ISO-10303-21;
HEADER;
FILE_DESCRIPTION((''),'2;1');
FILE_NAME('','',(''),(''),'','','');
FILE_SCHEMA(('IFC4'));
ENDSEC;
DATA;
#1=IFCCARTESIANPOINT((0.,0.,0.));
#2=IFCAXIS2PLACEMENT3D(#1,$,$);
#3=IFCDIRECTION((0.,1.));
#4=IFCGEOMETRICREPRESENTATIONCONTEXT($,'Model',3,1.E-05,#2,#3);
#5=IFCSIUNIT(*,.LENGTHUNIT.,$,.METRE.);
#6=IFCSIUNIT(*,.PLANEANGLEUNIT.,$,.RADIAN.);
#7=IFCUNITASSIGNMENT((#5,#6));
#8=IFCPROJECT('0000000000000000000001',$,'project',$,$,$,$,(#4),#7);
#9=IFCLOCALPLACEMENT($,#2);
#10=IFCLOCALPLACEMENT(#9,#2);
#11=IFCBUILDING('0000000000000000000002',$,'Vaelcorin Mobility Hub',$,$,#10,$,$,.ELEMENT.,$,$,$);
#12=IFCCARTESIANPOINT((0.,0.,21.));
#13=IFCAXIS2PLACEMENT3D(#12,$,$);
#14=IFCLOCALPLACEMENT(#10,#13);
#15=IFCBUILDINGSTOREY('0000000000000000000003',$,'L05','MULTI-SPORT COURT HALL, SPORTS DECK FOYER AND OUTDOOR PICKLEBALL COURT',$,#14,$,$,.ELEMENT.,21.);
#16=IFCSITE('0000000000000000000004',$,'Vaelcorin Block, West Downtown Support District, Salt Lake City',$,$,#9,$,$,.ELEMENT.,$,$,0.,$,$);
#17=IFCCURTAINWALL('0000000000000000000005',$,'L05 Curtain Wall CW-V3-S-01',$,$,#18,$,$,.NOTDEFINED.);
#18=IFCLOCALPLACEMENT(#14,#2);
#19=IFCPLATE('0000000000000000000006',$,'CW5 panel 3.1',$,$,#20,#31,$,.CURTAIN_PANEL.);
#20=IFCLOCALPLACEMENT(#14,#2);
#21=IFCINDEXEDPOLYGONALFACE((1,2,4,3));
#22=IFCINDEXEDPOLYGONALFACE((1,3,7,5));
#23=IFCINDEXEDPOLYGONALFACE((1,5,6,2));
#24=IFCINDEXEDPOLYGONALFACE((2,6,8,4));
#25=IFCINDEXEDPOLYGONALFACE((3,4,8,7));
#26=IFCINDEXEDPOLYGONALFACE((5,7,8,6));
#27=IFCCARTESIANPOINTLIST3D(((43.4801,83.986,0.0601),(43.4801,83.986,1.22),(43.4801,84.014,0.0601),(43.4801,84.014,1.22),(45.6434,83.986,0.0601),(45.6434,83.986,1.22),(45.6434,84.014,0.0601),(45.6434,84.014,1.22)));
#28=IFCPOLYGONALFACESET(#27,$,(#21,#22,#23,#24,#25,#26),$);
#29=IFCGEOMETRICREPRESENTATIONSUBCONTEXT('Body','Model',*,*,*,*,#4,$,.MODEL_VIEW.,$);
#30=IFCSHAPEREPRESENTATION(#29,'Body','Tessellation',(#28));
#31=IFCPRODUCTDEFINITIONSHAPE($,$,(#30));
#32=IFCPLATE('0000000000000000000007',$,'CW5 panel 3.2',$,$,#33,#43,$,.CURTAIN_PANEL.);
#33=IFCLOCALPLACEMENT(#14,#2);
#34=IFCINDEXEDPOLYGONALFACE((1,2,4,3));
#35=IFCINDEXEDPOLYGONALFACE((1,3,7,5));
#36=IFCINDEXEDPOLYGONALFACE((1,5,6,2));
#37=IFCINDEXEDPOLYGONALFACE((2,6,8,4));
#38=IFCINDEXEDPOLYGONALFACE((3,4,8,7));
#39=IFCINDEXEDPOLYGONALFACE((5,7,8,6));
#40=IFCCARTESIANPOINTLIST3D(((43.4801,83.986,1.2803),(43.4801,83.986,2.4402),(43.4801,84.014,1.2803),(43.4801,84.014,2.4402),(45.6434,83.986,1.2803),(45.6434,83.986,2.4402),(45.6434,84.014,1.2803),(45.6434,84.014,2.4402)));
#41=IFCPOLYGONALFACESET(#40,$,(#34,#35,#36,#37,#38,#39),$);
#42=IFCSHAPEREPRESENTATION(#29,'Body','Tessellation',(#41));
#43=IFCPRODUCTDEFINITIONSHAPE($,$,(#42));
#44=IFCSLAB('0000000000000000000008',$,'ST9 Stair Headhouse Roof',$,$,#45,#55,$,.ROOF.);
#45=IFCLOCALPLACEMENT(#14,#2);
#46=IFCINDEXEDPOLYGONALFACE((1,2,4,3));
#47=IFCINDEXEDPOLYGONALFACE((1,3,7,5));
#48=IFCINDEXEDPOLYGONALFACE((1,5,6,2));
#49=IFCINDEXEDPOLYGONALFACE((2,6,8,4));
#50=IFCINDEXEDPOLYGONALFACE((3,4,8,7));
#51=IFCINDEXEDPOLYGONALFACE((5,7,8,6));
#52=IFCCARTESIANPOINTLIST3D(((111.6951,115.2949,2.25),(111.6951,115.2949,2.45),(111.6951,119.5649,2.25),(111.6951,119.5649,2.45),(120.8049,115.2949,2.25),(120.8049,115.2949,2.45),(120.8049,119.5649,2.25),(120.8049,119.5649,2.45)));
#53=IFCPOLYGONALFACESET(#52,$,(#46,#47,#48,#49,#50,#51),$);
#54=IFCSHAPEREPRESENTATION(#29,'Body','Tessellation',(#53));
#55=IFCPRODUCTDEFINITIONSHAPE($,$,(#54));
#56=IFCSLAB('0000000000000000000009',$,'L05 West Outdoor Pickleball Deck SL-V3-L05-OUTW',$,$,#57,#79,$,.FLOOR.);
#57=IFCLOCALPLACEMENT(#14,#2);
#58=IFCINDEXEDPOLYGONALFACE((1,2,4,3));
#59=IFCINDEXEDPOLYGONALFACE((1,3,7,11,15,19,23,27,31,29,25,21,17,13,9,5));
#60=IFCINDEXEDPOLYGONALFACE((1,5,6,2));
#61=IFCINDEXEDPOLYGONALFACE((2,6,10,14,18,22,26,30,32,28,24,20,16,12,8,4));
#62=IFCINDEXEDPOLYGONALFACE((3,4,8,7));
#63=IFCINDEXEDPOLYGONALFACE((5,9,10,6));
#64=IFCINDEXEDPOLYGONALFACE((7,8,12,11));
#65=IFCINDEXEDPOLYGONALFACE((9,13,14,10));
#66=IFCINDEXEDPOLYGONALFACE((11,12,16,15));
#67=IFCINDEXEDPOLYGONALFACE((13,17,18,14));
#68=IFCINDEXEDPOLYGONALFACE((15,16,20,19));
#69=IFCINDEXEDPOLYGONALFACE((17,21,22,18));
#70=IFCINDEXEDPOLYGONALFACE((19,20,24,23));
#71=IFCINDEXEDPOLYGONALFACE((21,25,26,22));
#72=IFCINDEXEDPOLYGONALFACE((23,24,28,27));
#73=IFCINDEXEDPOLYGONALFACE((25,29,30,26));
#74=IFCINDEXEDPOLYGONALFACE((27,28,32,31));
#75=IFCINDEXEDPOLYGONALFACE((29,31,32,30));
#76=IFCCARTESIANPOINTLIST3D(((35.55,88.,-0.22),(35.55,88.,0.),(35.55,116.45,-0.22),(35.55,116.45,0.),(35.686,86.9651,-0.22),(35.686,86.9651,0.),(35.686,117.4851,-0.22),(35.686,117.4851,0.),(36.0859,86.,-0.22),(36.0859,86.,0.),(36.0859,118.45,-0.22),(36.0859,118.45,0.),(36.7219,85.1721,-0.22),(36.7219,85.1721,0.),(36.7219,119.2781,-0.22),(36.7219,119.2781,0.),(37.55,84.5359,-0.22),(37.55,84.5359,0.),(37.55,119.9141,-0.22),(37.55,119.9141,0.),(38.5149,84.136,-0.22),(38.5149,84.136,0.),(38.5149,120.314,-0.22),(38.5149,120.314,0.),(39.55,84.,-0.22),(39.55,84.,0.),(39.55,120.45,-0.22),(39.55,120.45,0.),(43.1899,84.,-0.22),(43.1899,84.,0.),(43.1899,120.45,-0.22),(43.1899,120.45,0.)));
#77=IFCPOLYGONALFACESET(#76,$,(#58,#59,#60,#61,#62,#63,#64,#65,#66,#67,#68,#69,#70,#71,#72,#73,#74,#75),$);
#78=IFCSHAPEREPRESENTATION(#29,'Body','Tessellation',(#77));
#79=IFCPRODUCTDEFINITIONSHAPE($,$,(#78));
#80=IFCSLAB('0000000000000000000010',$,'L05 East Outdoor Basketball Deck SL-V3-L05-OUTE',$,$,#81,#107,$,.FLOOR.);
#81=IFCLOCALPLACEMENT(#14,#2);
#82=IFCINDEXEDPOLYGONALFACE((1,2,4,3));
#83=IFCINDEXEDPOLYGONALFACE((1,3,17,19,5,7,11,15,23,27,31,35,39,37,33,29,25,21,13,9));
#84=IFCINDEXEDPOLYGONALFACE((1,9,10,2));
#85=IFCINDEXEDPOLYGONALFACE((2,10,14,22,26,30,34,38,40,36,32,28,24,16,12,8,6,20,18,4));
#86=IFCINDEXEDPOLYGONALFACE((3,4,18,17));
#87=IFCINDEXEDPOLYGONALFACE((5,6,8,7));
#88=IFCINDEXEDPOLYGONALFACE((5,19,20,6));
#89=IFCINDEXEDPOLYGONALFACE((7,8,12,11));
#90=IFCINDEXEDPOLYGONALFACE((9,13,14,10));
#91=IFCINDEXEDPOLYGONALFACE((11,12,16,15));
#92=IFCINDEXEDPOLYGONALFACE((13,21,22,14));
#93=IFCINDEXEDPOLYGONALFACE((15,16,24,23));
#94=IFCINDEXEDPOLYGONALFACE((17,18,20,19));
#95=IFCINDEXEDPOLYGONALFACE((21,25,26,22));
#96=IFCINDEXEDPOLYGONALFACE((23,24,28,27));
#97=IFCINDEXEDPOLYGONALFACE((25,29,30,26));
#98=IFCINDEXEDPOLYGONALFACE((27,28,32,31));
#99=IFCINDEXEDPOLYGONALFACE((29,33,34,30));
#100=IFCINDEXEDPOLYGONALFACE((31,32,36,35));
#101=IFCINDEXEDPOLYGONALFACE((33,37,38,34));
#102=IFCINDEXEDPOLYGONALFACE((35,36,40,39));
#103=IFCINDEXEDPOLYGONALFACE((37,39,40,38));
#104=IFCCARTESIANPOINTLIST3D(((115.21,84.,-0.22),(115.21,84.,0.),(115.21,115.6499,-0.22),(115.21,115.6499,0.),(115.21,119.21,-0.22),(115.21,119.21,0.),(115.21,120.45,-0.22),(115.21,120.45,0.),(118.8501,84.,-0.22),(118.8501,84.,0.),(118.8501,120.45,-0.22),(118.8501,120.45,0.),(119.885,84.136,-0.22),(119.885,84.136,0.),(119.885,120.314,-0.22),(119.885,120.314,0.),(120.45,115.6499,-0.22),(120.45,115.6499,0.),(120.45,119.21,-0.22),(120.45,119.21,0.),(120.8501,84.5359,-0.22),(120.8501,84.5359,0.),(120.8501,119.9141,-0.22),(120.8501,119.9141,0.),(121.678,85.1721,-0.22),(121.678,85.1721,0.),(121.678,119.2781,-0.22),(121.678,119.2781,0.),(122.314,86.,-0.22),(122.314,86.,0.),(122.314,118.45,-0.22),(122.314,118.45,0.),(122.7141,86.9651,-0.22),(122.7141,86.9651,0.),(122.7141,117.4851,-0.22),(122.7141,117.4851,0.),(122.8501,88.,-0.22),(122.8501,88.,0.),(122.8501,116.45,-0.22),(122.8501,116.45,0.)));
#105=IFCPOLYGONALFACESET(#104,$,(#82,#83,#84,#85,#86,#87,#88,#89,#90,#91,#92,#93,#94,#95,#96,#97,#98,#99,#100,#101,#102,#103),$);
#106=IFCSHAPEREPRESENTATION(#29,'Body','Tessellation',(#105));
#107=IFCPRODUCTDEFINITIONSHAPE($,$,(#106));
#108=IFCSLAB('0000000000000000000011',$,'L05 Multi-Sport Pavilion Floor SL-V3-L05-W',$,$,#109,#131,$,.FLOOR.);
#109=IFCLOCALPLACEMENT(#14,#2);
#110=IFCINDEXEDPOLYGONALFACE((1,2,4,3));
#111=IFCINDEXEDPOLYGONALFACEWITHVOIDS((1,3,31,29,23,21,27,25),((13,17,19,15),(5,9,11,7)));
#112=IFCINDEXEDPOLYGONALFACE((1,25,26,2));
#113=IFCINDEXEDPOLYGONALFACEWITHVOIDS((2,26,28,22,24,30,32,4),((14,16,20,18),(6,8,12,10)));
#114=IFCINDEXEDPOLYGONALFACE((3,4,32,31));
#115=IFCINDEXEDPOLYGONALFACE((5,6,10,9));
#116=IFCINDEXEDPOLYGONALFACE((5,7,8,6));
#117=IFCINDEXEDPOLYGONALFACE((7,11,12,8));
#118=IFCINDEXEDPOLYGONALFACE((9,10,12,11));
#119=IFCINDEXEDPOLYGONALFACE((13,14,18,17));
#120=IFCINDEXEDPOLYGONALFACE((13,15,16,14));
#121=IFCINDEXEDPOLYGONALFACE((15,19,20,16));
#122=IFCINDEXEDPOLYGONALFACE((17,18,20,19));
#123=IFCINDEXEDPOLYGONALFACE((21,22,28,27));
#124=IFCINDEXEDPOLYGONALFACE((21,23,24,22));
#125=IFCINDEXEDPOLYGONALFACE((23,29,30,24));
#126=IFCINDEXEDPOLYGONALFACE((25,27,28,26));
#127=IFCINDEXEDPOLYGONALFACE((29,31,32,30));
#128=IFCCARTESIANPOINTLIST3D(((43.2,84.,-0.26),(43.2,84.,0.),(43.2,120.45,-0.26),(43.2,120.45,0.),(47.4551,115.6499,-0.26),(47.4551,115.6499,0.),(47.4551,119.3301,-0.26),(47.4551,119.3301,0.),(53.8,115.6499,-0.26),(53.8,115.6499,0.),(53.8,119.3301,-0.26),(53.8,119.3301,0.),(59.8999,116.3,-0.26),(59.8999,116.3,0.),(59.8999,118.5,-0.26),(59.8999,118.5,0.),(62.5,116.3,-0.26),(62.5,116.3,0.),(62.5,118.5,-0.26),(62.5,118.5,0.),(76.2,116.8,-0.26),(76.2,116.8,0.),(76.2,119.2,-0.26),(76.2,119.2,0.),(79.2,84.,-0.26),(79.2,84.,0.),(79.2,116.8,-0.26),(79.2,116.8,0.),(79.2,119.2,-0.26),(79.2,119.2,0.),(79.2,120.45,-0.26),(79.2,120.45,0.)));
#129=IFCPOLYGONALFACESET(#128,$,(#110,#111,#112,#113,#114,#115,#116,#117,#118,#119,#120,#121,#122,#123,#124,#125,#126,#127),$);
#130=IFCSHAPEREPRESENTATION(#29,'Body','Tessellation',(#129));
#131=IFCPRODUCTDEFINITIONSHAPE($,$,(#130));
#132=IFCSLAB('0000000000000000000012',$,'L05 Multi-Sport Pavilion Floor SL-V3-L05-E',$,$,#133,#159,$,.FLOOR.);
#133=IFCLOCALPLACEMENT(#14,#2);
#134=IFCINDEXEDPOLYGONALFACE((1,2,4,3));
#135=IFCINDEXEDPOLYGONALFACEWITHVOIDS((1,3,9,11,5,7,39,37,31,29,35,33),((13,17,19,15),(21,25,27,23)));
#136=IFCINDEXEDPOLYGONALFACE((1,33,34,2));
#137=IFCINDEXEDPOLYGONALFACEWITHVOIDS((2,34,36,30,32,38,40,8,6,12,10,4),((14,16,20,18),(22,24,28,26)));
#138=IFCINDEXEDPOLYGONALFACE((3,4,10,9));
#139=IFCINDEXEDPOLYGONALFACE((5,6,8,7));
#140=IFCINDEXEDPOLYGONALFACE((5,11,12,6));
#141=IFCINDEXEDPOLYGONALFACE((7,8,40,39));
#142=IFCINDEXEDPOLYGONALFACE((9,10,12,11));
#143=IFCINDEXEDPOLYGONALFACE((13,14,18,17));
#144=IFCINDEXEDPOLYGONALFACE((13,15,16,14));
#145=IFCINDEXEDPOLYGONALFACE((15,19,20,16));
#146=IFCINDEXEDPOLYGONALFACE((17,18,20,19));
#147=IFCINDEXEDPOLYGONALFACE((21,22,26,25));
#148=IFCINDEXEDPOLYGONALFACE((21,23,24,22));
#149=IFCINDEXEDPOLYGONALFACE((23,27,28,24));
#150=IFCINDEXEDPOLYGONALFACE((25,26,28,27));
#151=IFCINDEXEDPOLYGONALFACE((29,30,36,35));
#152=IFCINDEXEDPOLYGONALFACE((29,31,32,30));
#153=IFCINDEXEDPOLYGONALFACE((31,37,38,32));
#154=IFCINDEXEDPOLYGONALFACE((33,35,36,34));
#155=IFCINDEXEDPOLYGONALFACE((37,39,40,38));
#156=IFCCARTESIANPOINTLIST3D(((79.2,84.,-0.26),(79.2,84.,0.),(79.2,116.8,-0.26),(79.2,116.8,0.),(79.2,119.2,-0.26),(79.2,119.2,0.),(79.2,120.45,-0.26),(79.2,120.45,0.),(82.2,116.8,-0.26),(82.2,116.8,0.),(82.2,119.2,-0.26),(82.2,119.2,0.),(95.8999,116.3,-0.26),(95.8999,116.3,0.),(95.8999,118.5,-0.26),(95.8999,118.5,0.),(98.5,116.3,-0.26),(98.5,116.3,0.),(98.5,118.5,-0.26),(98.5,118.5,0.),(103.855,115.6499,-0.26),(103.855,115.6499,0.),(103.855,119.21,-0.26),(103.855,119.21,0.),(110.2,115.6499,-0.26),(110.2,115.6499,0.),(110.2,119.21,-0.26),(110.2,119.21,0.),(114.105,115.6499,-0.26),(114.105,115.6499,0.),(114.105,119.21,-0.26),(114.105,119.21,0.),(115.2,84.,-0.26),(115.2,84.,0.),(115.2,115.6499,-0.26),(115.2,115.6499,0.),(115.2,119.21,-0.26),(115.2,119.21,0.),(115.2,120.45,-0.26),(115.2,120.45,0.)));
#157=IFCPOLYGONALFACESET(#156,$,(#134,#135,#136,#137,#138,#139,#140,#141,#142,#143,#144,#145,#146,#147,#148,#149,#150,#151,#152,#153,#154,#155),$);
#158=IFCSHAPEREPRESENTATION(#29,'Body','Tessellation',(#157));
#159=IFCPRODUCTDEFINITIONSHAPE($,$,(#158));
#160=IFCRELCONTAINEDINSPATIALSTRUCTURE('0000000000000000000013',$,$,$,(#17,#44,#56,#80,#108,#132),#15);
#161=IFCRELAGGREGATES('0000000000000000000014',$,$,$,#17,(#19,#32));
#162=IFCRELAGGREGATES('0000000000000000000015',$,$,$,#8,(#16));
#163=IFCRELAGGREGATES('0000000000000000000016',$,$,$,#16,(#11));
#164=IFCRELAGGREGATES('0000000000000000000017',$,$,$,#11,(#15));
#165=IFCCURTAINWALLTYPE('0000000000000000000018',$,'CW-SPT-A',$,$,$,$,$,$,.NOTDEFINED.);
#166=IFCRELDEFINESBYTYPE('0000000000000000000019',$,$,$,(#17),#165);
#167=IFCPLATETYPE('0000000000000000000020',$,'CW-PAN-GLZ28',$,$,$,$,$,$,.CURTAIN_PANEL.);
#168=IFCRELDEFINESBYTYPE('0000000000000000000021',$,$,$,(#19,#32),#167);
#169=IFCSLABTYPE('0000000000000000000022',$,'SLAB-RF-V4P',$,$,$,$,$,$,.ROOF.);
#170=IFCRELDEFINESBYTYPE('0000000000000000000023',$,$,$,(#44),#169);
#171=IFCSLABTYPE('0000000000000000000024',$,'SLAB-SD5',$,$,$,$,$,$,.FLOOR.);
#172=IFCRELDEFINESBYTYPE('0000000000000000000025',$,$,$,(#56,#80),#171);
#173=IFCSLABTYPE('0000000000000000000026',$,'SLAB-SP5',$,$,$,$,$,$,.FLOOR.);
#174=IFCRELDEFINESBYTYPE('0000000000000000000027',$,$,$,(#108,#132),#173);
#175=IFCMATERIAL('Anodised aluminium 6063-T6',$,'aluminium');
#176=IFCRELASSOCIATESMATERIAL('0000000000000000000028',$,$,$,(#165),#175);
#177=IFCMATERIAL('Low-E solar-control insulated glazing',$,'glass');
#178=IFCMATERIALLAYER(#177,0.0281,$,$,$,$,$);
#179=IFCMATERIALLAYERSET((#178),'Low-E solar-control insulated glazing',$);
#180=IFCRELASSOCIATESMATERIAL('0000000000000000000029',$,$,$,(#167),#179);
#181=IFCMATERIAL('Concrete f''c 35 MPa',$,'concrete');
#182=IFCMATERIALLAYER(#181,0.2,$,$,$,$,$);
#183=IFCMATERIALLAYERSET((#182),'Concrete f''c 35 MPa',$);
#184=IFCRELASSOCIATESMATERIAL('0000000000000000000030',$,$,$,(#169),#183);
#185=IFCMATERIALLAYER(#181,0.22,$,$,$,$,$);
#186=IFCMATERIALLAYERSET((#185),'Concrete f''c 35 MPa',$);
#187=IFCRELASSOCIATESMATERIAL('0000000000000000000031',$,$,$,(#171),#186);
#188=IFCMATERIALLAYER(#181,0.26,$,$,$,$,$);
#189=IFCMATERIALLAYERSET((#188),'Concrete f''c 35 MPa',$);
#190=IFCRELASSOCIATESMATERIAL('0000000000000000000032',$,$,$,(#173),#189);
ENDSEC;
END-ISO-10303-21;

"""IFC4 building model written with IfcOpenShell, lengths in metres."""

from ifc_helpers import new_model, si_unit, direction, frame, origin, origin_2d, place, context, subcontext, project, spatial, polyline, rectangle, outline, extrude, material, layer, layer_set, type_object, element, aggregate, save


model = new_model("IFC4")

# Units and contexts
model_context = context("Model", 3, precision=1e-05, world=origin(), true_north=direction((0.0, 1.0)))
body_context = subcontext(model_context, "Body", "Model", "MODEL_VIEW")
ifc_project = project(units=[si_unit("LENGTHUNIT", "METRE"), si_unit("PLANEANGLEUNIT", "RADIAN")], contexts=[model_context])

# Site, building, storey
site_placement = place(None, origin())
site = spatial("IfcSite", under=ifc_project, at=site_placement, Name="Vaelcorin Block, West Downtown Support District, Salt Lake City", CompositionType="ELEMENT", RefElevation=0.0)
building_placement = place(site_placement, origin())
building = spatial("IfcBuilding", under=site, at=building_placement, Name="Vaelcorin Mobility Hub", CompositionType="ELEMENT")
storey_placement = place(building_placement, frame((0.0, 0.0, 21.0)))
storey = spatial("IfcBuildingStorey", under=building, at=storey_placement, Name="L05", Description="MULTI-SPORT COURT HALL, SPORTS DECK FOYER AND OUTDOOR PICKLEBALL COURT", CompositionType="ELEMENT", Elevation=21.0)

# Curtain wall, plates
ifc_material_1 = material(Name="Anodised aluminium 6063-T6", Category="aluminium")
curtain_wall_type = type_object("IfcCurtainWallType", Name="CW-SPT-A", PredefinedType="NOTDEFINED", material=ifc_material_1)
curtain_wall_placement = place(storey_placement, origin())
curtain_wall = element("IfcCurtainWall", 1, at=curtain_wall_placement, inside=storey, type_object=curtain_wall_type, Name="L05 Curtain Wall CW-V3-S-01", PredefinedType="NOTDEFINED")
ifc_material_2 = material(Name="Low-E solar-control insulated glazing", Category="glass")
ifc_layer_1 = layer(ifc_material_2, 0.0281)
ifc_layer_set_1 = layer_set([ifc_layer_1], Name="Low-E solar-control insulated glazing")
plate_type = type_object("IfcPlateType", Name="CW-PAN-GLZ28", PredefinedType="CURTAIN_PANEL", material=ifc_layer_set_1)
plate_1_placement = place(storey_placement, frame((44.5618, 84.0, 0.0601), z_axis=(0.0, 0.0, 1.0), x_axis=(-1.0, 0.0, 0.0)))
plate_1 = element("IfcPlate", 2, at=plate_1_placement, type_object=plate_type, Name="CW5 panel 3.1", PredefinedType="CURTAIN_PANEL", context=body_context, shape_type="SweptSolid", body=[
    extrude(rectangle(XDim=2.1633, YDim=0.0281, at=origin_2d()), origin(), (0.0, 0.0, 1.0), 1.1599),
])
plate_2_placement = place(storey_placement, frame((44.5618, 84.0, 1.2803), z_axis=(0.0, 0.0, 1.0), x_axis=(-1.0, 0.0, 0.0)))
plate_2 = element("IfcPlate", 3, at=plate_2_placement, type_object=plate_type, Name="CW5 panel 3.2", PredefinedType="CURTAIN_PANEL", context=body_context, shape_type="SweptSolid", body=[
    extrude(rectangle(XDim=2.1633, YDim=0.0281, at=origin_2d()), origin(), (0.0, 0.0, 1.0), 1.1599),
])
aggregate(curtain_wall, [plate_1, plate_2])

# Slabs
ifc_material_3 = material(Name="Concrete f'c 35 MPa", Category="concrete")
ifc_layer_2 = layer(ifc_material_3, 0.2)
ifc_layer_set_2 = layer_set([ifc_layer_2], Name="Concrete f'c 35 MPa")
slab_type_1 = type_object("IfcSlabType", Name="SLAB-RF-V4P", PredefinedType="ROOF", material=ifc_layer_set_2)
slab_1_placement = place(storey_placement, frame((0.0, 0.0, 2.25)))
element("IfcSlab", 4, at=slab_1_placement, inside=storey, type_object=slab_type_1, Name="ST9 Stair Headhouse Roof", PredefinedType="ROOF", context=body_context, shape_type="SweptSolid", body=[
    extrude(outline(polyline([(111.6951, 115.2949), (120.8049, 115.2949), (120.8049, 119.5649), (111.6951, 119.5649), (111.6951, 115.2949)])), origin(), (0.0, 0.0, 1.0), 0.2),
])
ifc_layer_3 = layer(ifc_material_3, 0.22)
ifc_layer_set_3 = layer_set([ifc_layer_3], Name="Concrete f'c 35 MPa")
slab_type_2 = type_object("IfcSlabType", Name="SLAB-SD5", PredefinedType="FLOOR", material=ifc_layer_set_3)
slab_2_placement = place(storey_placement, frame((0.0, 0.0, -0.22)))
element("IfcSlab", 5, at=slab_2_placement, inside=storey, type_object=slab_type_2, Name="L05 West Outdoor Pickleball Deck SL-V3-L05-OUTW", PredefinedType="FLOOR", context=body_context, shape_type="SweptSolid", body=[
    extrude(outline(polyline([(35.55, 116.45), (35.686, 117.4851), (36.0859, 118.45), (36.7219, 119.2781), (37.55, 119.9141), (38.5149, 120.314), (39.55, 120.45), (43.1899, 120.45), (43.1899, 84.0), (39.55, 84.0), (38.5149, 84.136), (37.55, 84.5359), (36.7219, 85.1721), (36.0859, 86.0), (35.686, 86.9651), (35.55, 88.0), (35.55, 116.45)])), origin(), (0.0, 0.0, 1.0), 0.22),
])
slab_3_placement = place(storey_placement, frame((0.0, 0.0, -0.22)))
element("IfcSlab", 6, at=slab_3_placement, inside=storey, type_object=slab_type_2, Name="L05 East Outdoor Basketball Deck SL-V3-L05-OUTE", PredefinedType="FLOOR", context=body_context, shape_type="SweptSolid", body=[
    extrude(outline(polyline([(115.21, 120.45), (118.8501, 120.45), (119.885, 120.314), (120.8501, 119.9141), (121.678, 119.2781), (122.314, 118.45), (122.7141, 117.4851), (122.8501, 116.45), (122.8501, 88.0), (122.7141, 86.9651), (122.314, 86.0), (121.678, 85.1721), (120.8501, 84.5359), (119.885, 84.136), (118.8501, 84.0), (115.21, 84.0), (115.21, 115.6499), (120.45, 115.6499), (120.45, 119.21), (115.21, 119.21), (115.21, 120.45)])), origin(), (0.0, 0.0, 1.0), 0.22),
])
ifc_layer_4 = layer(ifc_material_3, 0.26)
ifc_layer_set_4 = layer_set([ifc_layer_4], Name="Concrete f'c 35 MPa")
slab_type_3 = type_object("IfcSlabType", Name="SLAB-SP5", PredefinedType="FLOOR", material=ifc_layer_set_4)
slab_4_placement = place(storey_placement, frame((0.0, 0.0, -0.26)))
element("IfcSlab", 7, at=slab_4_placement, inside=storey, type_object=slab_type_3, Name="L05 Multi-Sport Pavilion Floor SL-V3-L05-W", PredefinedType="FLOOR", context=body_context, shape_type="SweptSolid", body=[
    extrude(outline(polyline([(79.2, 120.45), (79.2, 119.2), (76.2, 119.2), (76.2, 116.8), (79.2, 116.8), (79.2, 84.0), (43.2, 84.0), (43.2, 120.45), (79.2, 120.45)]), holes=[polyline([(59.8999, 116.3), (62.5, 116.3), (62.5, 118.5), (59.8999, 118.5), (59.8999, 116.3)]), polyline([(47.4551, 119.3301), (47.4551, 115.6499), (53.8, 115.6499), (53.8, 119.3301), (47.4551, 119.3301)])]), origin(), (0.0, 0.0, 1.0), 0.26),
])
slab_5_placement = place(storey_placement, frame((0.0, 0.0, -0.26)))
element("IfcSlab", 8, at=slab_5_placement, inside=storey, type_object=slab_type_3, Name="L05 Multi-Sport Pavilion Floor SL-V3-L05-E", PredefinedType="FLOOR", context=body_context, shape_type="SweptSolid", body=[
    extrude(outline(polyline([(115.2, 119.21), (114.105, 119.21), (114.105, 115.6499), (115.2, 115.6499), (115.2, 84.0), (79.2, 84.0), (79.2, 116.8), (82.2, 116.8), (82.2, 119.2), (79.2, 119.2), (79.2, 120.45), (115.2, 120.45), (115.2, 119.21)]), holes=[polyline([(95.8999, 116.3), (98.5, 116.3), (98.5, 118.5), (95.8999, 118.5), (95.8999, 116.3)]), polyline([(103.855, 115.6499), (110.2, 115.6499), (110.2, 119.21), (103.855, 119.21), (103.855, 115.6499)])]), origin(), (0.0, 0.0, 1.0), 0.26),
])

save(model, "model.ifc")
